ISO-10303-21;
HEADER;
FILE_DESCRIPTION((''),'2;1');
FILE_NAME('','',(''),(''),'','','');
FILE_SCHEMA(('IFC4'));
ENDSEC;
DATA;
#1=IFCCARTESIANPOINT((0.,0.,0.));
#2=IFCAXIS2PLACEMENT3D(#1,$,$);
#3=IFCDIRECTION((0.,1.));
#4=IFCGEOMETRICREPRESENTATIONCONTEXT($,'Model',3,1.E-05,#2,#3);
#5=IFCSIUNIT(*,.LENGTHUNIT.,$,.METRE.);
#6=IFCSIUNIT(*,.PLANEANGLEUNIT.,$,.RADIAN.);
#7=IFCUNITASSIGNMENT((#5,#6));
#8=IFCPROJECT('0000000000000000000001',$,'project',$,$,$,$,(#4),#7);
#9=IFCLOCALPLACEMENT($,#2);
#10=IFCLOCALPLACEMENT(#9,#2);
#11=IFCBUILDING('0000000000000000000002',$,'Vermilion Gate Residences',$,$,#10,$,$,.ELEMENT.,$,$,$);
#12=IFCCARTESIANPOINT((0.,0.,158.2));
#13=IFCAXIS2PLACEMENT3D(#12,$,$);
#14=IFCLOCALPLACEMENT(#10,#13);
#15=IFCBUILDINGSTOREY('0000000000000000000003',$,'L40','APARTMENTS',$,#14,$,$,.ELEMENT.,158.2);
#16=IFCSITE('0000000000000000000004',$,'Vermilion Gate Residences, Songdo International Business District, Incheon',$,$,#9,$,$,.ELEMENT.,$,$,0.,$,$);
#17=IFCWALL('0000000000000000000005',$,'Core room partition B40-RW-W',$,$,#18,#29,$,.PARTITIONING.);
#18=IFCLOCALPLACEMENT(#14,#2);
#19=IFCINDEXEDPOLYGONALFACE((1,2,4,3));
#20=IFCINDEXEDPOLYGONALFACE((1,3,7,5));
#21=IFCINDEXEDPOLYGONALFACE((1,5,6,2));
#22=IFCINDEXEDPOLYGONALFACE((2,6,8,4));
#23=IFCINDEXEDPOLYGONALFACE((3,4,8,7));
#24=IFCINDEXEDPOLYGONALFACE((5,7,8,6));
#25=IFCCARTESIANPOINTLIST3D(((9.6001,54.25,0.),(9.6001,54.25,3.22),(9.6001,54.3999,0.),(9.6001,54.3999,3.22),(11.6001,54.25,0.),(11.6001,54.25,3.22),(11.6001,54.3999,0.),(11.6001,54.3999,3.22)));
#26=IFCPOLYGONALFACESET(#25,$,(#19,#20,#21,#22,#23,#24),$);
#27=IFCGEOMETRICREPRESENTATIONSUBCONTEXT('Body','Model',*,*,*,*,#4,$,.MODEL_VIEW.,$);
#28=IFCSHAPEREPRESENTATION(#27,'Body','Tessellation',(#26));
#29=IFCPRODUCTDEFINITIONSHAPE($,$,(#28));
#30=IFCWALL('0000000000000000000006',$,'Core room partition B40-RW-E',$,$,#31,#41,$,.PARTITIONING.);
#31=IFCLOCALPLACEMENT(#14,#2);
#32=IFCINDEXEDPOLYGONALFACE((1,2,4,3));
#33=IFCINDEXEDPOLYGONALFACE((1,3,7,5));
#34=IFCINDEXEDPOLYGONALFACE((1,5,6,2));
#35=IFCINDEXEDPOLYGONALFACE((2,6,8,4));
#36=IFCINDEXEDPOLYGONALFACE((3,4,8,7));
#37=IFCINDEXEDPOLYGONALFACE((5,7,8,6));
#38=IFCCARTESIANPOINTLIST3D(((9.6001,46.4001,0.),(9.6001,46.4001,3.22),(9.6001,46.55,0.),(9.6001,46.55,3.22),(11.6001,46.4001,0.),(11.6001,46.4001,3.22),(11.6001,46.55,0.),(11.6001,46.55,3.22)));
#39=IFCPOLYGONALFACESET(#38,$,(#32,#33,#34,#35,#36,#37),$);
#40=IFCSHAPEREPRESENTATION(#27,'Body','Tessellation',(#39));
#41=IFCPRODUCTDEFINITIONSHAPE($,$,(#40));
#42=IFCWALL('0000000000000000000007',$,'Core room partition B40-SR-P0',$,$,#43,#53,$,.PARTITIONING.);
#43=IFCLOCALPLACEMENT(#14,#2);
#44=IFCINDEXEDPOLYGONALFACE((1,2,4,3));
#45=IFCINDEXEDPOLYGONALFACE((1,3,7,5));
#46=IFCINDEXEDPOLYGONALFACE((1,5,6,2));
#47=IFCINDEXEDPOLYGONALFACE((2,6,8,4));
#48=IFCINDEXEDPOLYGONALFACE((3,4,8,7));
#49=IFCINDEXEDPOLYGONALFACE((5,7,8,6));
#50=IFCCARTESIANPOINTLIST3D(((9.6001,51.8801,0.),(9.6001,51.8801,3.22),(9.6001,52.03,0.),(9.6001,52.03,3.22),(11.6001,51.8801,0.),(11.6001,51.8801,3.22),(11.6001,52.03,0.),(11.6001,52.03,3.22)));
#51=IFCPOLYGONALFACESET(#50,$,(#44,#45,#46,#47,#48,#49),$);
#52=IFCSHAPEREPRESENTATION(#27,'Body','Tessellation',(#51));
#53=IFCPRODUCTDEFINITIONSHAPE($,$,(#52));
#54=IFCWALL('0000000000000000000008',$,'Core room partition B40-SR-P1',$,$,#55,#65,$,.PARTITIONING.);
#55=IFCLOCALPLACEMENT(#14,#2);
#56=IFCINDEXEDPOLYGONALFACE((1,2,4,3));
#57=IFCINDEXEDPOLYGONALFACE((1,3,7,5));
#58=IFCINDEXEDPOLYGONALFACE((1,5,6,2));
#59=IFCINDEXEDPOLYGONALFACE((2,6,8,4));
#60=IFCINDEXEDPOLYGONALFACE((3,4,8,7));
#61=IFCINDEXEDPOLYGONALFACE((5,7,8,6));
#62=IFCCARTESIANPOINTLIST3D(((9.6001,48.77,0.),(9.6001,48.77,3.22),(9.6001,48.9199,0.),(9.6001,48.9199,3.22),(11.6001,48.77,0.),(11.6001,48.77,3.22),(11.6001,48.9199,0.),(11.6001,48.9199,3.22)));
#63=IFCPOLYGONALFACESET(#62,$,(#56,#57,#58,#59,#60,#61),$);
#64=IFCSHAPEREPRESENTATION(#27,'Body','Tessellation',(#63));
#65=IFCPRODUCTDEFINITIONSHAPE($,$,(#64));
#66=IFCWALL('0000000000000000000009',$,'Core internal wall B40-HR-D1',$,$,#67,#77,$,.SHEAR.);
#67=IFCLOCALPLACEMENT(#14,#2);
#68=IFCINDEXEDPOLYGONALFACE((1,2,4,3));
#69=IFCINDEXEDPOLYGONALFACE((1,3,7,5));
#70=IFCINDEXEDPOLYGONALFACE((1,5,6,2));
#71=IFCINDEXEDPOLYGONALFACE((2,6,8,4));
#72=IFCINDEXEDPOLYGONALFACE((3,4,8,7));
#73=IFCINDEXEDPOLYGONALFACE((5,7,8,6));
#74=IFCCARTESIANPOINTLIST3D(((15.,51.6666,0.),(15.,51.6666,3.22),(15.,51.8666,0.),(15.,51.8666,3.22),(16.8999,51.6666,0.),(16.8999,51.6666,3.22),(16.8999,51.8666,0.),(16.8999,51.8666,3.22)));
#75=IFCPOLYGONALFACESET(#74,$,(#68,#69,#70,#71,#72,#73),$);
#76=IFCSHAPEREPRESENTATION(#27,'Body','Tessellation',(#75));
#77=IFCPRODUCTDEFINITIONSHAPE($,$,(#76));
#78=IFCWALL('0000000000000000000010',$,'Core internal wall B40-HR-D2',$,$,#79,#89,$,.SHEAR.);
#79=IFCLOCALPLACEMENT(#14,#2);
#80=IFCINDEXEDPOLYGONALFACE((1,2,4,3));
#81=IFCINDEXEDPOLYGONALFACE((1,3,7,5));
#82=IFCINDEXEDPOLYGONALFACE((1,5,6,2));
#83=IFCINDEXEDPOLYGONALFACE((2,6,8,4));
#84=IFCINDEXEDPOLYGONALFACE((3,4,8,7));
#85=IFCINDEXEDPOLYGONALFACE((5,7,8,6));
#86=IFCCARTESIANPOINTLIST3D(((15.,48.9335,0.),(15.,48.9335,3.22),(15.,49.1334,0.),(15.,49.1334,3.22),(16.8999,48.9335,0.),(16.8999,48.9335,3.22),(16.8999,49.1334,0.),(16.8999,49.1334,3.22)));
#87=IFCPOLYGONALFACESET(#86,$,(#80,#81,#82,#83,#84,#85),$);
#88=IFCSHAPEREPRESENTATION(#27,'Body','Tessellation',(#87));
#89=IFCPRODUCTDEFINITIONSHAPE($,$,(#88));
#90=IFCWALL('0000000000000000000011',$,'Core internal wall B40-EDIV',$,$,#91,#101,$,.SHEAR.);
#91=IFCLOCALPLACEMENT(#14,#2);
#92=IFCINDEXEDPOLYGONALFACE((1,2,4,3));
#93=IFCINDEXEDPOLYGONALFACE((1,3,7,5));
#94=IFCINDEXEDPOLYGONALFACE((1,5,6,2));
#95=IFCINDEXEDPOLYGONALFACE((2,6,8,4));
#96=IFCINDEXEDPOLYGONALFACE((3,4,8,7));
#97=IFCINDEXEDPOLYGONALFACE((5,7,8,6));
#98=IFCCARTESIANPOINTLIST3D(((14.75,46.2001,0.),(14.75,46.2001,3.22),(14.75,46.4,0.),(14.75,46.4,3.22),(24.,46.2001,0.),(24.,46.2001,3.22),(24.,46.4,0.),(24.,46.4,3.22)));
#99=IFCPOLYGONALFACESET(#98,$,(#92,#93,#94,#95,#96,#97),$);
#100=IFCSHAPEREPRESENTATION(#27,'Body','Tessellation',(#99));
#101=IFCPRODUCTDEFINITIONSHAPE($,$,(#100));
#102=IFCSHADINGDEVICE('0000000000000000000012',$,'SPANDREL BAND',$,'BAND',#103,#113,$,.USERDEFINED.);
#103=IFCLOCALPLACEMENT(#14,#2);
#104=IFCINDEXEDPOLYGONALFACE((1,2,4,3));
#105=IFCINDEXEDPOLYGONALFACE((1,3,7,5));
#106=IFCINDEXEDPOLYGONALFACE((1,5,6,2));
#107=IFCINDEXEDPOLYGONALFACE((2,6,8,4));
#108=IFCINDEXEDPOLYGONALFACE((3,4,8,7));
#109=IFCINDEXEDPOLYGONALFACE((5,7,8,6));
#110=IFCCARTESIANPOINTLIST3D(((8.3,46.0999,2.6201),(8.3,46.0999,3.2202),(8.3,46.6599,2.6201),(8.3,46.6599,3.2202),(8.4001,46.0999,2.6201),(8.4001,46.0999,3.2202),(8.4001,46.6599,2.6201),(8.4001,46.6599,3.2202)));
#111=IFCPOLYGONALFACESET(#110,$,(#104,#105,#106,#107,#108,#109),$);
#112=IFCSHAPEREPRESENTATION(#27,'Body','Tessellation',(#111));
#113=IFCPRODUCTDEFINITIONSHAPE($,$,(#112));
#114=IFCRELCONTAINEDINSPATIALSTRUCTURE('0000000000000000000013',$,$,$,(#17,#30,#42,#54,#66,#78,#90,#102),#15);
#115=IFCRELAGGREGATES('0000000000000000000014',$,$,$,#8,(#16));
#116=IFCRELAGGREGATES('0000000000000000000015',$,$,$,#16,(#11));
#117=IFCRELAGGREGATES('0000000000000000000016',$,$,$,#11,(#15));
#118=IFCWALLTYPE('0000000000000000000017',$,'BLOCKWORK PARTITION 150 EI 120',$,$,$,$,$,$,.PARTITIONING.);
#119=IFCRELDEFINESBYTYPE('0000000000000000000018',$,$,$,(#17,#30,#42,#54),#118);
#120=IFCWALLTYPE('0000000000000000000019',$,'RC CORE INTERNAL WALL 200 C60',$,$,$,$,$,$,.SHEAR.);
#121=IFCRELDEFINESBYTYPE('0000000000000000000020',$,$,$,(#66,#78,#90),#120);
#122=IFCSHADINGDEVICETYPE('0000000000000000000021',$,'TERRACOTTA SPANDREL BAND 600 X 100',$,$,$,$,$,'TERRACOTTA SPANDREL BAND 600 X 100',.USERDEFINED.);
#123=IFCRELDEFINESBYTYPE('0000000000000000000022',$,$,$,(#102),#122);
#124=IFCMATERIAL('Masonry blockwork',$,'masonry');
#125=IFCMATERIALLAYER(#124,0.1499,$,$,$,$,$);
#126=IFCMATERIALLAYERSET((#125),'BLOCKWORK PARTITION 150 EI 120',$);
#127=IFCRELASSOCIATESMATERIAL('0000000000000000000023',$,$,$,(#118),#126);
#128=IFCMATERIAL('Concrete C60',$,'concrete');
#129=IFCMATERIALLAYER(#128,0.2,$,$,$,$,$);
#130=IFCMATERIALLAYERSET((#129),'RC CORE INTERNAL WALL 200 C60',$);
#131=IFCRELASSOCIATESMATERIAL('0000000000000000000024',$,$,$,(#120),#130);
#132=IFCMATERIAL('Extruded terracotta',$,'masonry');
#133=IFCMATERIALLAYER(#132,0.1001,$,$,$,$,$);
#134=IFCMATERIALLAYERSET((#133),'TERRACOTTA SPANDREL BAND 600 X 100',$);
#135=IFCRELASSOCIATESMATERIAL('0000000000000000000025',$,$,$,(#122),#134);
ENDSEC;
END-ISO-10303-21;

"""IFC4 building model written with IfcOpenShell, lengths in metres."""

from ifc_helpers import new_model, si_unit, direction, frame, frame_2d, origin, origin_2d, place, context, subcontext, project, spatial, rectangle, extrude, material, layer, layer_set, type_object, element, save


model = new_model("IFC4")

# Units and contexts
model_context = context("Model", 3, precision=1e-05, world=origin(), true_north=direction((0.0, 1.0)))
body_context = subcontext(model_context, "Body", "Model", "MODEL_VIEW")
ifc_project = project(units=[si_unit("LENGTHUNIT", "METRE"), si_unit("PLANEANGLEUNIT", "RADIAN")], contexts=[model_context])

# Site, building, storey
site_placement = place(None, origin())
site = spatial("IfcSite", under=ifc_project, at=site_placement, Name="Vermilion Gate Residences, Songdo International Business District, Incheon", CompositionType="ELEMENT", RefElevation=0.0)
building_placement = place(site_placement, origin())
building = spatial("IfcBuilding", under=site, at=building_placement, Name="Vermilion Gate Residences", CompositionType="ELEMENT")
storey_placement = place(building_placement, frame((0.0, 0.0, 158.2)))
storey = spatial("IfcBuildingStorey", under=building, at=storey_placement, Name="L40", Description="APARTMENTS", CompositionType="ELEMENT", Elevation=158.2)

# Walls
ifc_material_1 = material(Name="Masonry blockwork", Category="masonry")
ifc_layer_1 = layer(ifc_material_1, 0.1499)
ifc_layer_set_1 = layer_set([ifc_layer_1], Name="BLOCKWORK PARTITION 150 EI 120")
wall_type_1 = type_object("IfcWallType", Name="BLOCKWORK PARTITION 150 EI 120", PredefinedType="PARTITIONING", material=ifc_layer_set_1)
for number, where, z_axis, x_axis, name in (
    (1, (9.6001, 54.325, 0.0), (0.0, 0.0, 1.0), (1.0, 0.0, 0.0), "Core room partition B40-RW-W"),
    (2, (9.6001, 46.4751, 0.0), (0.0, 0.0, 1.0), (1.0, 0.0, 0.0), "Core room partition B40-RW-E"),
    (3, (9.6001, 51.9551, 0.0), (0.0, 0.0, 1.0), (1.0, 0.0, 0.0), "Core room partition B40-SR-P0"),
    (4, (9.6001, 48.845, 0.0), (0.0, 0.0, 1.0), (1.0, 0.0, 0.0), "Core room partition B40-SR-P1"),
):
    element("IfcWall", number, at=place(storey_placement, frame(where, z_axis=z_axis, x_axis=x_axis)), inside=storey, type_object=wall_type_1, Name=name, PredefinedType="PARTITIONING", context=body_context, shape_type="SweptSolid", body=[
        extrude(rectangle(XDim=2.0, YDim=0.1499, at=frame_2d((1.0, 0.0))), origin(), (0.0, 0.0, 1.0), 3.22),
    ])
ifc_material_2 = material(Name="Concrete C60", Category="concrete")
ifc_layer_2 = layer(ifc_material_2, 0.2)
ifc_layer_set_2 = layer_set([ifc_layer_2], Name="RC CORE INTERNAL WALL 200 C60")
wall_type_2 = type_object("IfcWallType", Name="RC CORE INTERNAL WALL 200 C60", PredefinedType="SHEAR", material=ifc_layer_set_2)
for number, where, z_axis, x_axis, name in (
    (5, (15.0, 51.7666, 0.0), (0.0, 0.0, 1.0), (1.0, 0.0, 0.0), "Core internal wall B40-HR-D1"),
    (6, (15.0, 49.0334, 0.0), (0.0, 0.0, 1.0), (1.0, 0.0, 0.0), "Core internal wall B40-HR-D2"),
):
    element("IfcWall", number, at=place(storey_placement, frame(where, z_axis=z_axis, x_axis=x_axis)), inside=storey, type_object=wall_type_2, Name=name, PredefinedType="SHEAR", context=body_context, shape_type="SweptSolid", body=[
        extrude(rectangle(XDim=1.8999, YDim=0.2, at=frame_2d((0.95, 0.0))), origin(), (0.0, 0.0, 1.0), 3.22),
    ])
wall_placement = place(storey_placement, frame((14.75, 46.3, 0.0), z_axis=(0.0, 0.0, 1.0), x_axis=(1.0, 0.0, 0.0)))
element("IfcWall", 7, at=wall_placement, inside=storey, type_object=wall_type_2, Name="Core internal wall B40-EDIV", PredefinedType="SHEAR", context=body_context, shape_type="SweptSolid", body=[
    extrude(rectangle(XDim=9.25, YDim=0.2, at=frame_2d((4.625, 0.0))), origin(), (0.0, 0.0, 1.0), 3.22),
])

# Shading device
ifc_material_3 = material(Name="Extruded terracotta", Category="masonry")
ifc_layer_3 = layer(ifc_material_3, 0.1001)
ifc_layer_set_3 = layer_set([ifc_layer_3], Name="TERRACOTTA SPANDREL BAND 600 X 100")
shading_device_type = type_object("IfcShadingDeviceType", Name="TERRACOTTA SPANDREL BAND 600 X 100", ElementType="TERRACOTTA SPANDREL BAND 600 X 100", PredefinedType="USERDEFINED", material=ifc_layer_set_3)
shading_device_placement = place(storey_placement, frame((8.3501, 46.3799, 2.6201), z_axis=(0.0, 0.0, 1.0), x_axis=(0.0, 1.0, 0.0)))
element("IfcShadingDevice", 8, at=shading_device_placement, inside=storey, type_object=shading_device_type, Name="SPANDREL BAND", ObjectType="BAND", PredefinedType="USERDEFINED", context=body_context, shape_type="SweptSolid", body=[
    extrude(rectangle(XDim=0.5601, YDim=0.1001, at=origin_2d()), origin(), (0.0, 0.0, 1.0), 0.6001),
])

save(model, "model.ifc")
